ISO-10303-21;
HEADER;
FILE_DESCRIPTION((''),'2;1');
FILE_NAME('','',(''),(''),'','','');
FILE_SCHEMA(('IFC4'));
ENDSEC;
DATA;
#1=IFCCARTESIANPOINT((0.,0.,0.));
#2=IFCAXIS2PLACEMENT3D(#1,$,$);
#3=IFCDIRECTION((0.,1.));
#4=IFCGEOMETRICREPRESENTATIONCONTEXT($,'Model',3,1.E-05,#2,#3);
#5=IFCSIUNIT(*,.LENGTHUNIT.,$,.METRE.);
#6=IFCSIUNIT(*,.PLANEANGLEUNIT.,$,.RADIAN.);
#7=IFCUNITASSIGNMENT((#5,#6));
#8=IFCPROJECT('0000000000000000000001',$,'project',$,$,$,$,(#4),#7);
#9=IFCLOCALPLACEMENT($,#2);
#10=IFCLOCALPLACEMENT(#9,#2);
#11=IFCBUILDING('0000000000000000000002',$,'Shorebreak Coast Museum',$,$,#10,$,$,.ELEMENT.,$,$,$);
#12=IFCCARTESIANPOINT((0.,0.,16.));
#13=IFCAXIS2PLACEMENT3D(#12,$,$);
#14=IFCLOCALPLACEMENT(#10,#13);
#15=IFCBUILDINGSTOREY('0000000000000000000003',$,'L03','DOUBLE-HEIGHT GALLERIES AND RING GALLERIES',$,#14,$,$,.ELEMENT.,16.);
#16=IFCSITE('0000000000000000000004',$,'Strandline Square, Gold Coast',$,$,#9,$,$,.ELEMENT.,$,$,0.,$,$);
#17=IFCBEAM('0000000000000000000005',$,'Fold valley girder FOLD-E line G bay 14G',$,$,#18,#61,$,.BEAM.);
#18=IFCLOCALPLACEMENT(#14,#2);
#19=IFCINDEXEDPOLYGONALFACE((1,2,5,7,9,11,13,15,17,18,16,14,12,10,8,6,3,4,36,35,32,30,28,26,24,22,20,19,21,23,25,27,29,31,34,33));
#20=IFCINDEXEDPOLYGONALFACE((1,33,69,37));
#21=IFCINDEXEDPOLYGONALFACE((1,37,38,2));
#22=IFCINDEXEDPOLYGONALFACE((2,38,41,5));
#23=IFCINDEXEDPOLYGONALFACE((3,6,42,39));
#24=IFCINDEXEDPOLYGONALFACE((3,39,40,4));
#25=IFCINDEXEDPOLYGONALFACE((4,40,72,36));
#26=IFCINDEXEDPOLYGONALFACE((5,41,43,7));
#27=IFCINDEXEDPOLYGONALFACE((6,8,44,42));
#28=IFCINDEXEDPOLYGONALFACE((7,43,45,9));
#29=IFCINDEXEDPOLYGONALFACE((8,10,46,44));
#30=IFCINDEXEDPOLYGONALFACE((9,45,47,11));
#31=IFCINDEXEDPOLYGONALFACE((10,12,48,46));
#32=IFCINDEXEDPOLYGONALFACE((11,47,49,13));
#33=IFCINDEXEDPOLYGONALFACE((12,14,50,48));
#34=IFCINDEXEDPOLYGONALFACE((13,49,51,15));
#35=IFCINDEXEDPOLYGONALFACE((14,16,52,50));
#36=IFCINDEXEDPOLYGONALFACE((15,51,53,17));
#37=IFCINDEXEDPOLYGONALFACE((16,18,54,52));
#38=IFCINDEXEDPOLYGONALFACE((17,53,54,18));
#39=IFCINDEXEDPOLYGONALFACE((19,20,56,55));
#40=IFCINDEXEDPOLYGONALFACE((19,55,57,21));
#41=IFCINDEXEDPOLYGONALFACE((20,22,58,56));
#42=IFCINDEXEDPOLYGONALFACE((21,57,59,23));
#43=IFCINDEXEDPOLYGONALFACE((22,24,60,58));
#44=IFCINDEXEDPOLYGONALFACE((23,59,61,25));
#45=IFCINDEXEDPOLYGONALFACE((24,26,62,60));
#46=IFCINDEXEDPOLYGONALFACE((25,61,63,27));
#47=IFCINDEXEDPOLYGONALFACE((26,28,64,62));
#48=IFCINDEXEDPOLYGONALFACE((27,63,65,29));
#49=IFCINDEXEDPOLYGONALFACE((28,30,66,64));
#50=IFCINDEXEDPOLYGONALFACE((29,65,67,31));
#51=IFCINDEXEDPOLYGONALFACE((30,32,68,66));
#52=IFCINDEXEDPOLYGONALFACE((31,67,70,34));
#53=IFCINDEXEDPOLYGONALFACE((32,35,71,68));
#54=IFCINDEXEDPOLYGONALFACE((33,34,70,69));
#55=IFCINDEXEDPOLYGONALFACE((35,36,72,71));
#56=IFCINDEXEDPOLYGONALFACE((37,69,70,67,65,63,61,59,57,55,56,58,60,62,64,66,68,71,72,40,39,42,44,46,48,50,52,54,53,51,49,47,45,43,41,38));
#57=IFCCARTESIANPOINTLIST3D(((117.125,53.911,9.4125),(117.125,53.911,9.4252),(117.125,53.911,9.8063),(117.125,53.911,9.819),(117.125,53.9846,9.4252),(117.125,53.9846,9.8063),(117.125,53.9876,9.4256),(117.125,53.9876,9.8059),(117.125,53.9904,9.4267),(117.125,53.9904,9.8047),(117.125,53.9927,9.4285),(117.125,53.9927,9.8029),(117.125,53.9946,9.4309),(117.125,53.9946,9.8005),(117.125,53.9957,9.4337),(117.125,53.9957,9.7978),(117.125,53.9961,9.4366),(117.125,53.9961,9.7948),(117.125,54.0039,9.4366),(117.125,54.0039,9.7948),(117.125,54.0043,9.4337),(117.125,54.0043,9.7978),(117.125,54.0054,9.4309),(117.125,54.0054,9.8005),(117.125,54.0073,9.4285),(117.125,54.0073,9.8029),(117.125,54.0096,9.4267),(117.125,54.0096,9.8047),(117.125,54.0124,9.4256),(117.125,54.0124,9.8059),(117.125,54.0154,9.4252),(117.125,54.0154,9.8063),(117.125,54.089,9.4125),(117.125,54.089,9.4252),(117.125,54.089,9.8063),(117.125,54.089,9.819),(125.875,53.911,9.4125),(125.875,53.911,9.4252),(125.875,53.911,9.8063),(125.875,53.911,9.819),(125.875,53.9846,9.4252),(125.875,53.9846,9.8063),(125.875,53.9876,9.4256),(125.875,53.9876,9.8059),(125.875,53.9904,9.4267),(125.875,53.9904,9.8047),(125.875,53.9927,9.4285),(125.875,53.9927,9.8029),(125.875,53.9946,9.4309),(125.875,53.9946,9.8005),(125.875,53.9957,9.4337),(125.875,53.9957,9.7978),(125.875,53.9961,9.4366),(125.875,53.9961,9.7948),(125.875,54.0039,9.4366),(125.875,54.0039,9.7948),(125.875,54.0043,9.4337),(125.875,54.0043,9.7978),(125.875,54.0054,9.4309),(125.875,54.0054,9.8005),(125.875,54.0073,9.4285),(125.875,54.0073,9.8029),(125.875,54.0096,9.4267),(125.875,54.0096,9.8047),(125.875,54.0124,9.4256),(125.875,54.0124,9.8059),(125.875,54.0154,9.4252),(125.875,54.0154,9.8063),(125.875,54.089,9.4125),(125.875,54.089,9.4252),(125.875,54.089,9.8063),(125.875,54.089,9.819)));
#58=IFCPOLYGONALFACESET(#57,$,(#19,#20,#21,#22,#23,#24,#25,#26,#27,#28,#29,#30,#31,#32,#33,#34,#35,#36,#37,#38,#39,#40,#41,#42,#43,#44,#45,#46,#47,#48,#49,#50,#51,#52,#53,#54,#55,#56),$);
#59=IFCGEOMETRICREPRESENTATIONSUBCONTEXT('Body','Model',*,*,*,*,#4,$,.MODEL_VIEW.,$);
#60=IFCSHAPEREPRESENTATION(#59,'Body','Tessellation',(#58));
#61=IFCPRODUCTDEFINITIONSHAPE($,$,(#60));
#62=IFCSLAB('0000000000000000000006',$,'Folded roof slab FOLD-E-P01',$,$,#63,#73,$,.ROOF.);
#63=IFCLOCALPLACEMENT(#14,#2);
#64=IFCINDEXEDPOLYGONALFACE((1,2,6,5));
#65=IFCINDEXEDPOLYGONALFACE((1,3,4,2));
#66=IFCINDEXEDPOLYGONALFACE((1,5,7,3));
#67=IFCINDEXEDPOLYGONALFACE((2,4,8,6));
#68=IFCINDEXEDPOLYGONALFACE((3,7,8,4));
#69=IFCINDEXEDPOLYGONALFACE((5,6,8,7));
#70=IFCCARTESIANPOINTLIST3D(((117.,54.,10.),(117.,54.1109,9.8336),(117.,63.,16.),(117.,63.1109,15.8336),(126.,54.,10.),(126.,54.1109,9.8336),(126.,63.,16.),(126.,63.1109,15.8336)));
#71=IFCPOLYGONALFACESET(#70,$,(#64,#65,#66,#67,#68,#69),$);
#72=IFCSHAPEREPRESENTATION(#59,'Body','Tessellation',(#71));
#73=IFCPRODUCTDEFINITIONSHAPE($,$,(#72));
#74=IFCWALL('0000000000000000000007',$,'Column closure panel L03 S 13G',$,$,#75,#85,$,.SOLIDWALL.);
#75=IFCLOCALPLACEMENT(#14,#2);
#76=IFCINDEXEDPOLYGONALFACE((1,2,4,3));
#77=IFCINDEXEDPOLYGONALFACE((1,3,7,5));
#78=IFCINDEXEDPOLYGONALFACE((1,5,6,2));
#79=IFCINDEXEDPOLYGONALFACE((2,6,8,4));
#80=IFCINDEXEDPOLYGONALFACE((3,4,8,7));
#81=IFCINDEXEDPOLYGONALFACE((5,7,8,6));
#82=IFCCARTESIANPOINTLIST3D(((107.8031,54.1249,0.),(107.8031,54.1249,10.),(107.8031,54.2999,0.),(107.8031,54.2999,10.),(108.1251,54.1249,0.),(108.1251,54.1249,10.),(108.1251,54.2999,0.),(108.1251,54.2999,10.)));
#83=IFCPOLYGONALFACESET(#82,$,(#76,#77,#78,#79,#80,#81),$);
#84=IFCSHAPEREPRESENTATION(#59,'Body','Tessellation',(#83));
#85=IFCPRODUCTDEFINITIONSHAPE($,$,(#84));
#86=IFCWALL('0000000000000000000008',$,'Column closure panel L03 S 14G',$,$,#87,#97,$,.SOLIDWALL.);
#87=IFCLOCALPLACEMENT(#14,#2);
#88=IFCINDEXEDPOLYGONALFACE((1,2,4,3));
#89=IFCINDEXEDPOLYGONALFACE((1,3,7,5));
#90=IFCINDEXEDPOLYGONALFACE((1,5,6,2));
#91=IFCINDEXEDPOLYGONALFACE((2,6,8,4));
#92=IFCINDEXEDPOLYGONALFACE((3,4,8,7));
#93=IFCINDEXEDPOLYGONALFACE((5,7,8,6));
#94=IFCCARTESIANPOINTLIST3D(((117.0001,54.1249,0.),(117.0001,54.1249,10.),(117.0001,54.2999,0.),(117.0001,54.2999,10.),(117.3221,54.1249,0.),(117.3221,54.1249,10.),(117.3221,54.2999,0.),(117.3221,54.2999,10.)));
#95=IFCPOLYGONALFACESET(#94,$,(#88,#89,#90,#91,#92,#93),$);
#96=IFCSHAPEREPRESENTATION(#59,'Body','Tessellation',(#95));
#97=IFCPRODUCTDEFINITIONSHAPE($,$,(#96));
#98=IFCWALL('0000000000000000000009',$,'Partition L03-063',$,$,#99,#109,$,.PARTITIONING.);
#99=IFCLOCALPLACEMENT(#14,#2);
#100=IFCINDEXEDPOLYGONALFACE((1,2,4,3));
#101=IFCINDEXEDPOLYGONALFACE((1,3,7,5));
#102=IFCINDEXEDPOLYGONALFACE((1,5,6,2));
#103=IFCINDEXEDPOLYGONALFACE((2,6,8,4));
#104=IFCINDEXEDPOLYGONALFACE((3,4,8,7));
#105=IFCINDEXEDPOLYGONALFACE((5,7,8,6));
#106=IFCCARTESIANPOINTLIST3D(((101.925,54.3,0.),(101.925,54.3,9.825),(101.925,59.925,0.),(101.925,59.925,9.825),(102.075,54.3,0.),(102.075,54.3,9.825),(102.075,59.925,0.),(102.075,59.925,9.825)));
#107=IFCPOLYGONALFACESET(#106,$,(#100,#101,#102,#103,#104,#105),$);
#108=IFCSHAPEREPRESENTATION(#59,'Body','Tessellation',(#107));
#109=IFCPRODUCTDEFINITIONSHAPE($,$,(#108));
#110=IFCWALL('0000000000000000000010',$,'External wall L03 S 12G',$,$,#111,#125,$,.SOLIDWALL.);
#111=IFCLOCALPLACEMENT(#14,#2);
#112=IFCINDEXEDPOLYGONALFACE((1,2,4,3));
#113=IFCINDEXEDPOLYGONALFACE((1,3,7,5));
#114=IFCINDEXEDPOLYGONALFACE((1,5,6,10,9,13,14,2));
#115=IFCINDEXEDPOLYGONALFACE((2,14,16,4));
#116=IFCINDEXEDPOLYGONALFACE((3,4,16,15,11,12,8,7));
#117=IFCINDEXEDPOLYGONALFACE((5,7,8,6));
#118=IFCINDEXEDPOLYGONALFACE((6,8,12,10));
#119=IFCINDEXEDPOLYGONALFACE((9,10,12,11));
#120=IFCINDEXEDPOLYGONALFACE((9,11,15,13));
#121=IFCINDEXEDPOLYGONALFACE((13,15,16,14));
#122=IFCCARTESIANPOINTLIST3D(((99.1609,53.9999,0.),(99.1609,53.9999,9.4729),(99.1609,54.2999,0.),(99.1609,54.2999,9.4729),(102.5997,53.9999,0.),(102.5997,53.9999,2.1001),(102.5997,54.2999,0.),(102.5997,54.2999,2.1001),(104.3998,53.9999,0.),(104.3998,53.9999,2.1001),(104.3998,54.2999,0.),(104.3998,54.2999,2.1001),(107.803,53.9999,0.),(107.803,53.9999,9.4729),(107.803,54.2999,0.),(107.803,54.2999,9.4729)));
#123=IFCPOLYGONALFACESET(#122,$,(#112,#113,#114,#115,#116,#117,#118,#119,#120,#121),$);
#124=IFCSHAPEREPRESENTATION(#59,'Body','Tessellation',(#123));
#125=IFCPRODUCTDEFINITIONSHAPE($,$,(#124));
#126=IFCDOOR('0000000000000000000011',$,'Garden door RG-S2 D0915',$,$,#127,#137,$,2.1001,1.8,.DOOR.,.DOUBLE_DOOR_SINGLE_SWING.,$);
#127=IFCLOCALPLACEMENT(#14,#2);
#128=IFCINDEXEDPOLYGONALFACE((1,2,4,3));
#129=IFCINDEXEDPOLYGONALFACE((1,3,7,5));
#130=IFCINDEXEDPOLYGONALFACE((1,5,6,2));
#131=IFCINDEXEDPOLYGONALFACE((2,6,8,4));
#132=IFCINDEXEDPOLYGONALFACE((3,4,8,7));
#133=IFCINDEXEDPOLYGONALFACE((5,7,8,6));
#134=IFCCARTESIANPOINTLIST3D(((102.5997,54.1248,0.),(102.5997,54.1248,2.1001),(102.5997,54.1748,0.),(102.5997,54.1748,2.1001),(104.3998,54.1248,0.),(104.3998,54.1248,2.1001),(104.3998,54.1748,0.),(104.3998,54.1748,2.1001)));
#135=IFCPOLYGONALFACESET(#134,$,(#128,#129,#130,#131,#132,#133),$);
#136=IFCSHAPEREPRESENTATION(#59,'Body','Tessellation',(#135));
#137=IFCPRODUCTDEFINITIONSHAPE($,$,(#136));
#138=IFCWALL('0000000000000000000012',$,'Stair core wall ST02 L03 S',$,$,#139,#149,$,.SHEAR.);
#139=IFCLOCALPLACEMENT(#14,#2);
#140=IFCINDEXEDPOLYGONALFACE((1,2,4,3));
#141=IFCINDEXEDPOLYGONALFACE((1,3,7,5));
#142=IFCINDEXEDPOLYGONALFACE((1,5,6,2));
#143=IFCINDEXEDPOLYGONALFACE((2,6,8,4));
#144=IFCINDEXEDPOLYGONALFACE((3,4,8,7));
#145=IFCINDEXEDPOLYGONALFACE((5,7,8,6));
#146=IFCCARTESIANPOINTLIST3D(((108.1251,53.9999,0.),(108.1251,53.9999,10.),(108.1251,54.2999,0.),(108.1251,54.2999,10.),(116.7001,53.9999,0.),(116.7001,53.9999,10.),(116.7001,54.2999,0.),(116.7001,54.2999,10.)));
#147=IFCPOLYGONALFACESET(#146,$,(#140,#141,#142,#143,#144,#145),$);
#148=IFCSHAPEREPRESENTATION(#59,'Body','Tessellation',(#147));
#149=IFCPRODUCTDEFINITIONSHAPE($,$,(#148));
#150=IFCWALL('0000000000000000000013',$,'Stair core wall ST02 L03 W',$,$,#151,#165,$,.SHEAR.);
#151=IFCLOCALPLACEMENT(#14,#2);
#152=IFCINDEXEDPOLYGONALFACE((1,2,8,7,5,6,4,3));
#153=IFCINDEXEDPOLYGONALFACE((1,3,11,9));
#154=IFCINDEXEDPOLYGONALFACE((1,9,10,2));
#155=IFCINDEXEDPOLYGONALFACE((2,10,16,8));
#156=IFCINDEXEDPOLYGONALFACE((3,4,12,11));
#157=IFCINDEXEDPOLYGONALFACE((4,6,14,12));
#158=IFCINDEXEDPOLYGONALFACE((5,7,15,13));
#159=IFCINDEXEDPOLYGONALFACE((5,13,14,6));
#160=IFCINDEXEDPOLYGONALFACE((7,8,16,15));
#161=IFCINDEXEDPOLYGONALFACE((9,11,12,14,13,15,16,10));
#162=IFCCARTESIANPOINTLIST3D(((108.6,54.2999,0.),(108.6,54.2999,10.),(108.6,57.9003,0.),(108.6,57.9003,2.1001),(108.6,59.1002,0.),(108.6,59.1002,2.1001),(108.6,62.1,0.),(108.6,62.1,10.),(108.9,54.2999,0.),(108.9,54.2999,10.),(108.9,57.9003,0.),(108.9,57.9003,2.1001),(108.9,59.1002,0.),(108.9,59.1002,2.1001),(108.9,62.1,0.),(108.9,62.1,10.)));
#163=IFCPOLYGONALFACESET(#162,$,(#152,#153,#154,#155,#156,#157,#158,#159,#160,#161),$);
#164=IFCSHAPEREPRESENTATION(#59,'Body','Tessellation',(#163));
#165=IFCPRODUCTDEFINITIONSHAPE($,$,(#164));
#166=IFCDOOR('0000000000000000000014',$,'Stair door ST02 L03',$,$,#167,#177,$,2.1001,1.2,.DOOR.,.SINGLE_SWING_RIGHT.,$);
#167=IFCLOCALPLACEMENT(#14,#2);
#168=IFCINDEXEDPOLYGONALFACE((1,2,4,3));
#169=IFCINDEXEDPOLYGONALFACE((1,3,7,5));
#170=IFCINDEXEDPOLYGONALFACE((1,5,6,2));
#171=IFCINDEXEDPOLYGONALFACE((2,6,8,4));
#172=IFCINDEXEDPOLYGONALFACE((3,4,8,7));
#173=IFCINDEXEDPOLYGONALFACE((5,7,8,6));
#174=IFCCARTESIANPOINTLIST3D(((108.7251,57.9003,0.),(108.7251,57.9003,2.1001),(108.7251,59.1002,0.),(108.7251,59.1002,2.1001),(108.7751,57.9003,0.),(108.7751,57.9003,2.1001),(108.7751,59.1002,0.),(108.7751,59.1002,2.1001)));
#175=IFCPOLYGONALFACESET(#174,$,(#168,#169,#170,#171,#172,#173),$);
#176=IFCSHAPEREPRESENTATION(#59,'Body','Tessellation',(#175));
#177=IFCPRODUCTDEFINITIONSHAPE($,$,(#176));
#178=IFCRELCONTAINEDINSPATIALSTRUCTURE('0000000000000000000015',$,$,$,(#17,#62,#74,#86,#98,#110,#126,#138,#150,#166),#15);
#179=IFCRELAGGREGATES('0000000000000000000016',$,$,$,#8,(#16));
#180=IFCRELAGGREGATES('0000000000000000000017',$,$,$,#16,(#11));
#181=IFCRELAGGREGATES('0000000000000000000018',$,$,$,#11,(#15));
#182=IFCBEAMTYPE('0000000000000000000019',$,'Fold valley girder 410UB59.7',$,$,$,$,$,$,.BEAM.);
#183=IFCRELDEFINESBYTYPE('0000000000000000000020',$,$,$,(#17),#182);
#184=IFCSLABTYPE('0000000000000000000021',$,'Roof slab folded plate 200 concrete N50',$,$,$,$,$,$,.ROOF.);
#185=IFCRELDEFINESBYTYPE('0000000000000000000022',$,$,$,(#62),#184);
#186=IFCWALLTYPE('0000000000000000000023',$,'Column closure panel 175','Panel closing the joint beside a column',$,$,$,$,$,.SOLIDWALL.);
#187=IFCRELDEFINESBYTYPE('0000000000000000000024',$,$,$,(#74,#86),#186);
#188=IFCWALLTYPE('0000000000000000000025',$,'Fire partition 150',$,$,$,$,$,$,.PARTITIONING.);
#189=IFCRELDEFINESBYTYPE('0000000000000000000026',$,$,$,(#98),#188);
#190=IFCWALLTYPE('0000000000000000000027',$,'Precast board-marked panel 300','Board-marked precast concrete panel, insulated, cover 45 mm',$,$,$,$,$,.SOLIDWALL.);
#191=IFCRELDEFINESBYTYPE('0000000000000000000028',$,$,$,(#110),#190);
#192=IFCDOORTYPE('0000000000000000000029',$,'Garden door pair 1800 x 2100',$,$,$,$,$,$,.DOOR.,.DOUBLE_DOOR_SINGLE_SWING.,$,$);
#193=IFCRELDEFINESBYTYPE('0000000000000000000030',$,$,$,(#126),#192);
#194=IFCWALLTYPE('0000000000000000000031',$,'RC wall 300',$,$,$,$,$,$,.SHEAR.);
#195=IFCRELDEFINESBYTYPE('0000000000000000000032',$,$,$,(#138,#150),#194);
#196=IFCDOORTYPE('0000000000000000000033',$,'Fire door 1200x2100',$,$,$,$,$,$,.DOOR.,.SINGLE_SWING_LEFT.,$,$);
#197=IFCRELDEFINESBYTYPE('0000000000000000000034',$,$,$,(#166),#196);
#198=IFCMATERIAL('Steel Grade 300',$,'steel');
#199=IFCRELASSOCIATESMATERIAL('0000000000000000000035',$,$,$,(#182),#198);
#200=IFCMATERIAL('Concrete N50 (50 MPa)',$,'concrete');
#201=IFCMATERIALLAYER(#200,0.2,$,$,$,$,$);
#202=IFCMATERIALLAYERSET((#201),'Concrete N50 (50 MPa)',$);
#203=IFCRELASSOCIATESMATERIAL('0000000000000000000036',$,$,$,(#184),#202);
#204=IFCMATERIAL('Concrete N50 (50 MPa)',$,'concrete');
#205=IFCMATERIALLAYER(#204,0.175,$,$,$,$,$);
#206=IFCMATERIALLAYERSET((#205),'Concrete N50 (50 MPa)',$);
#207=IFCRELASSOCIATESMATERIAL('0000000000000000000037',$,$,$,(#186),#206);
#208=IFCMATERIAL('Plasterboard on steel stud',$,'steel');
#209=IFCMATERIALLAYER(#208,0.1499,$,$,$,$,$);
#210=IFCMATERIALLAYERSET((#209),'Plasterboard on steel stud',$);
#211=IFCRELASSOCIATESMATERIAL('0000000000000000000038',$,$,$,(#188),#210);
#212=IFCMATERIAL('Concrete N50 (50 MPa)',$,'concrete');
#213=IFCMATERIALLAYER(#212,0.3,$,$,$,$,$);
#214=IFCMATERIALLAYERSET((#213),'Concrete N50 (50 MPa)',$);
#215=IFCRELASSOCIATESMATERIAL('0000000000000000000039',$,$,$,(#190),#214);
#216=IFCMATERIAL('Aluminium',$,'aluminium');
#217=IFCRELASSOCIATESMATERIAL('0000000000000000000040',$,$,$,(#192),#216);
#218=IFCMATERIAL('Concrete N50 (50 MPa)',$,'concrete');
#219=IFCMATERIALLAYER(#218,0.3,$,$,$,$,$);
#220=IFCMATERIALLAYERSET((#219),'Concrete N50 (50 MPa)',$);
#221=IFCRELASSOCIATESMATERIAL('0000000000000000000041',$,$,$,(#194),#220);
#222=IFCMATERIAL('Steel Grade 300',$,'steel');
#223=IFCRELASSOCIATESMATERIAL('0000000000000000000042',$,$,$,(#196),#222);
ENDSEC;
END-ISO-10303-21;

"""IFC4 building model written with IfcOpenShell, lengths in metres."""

from ifc_helpers import new_model, si_unit, direction, frame, frame_2d, origin, origin_2d, place, context, subcontext, project, spatial, polyline, rectangle, i_section, outline, extrude, material, layer, layer_set, material_profile, profile_set, type_object, element, fill, save


model = new_model("IFC4")

# Units and contexts
model_context = context("Model", 3, precision=1e-05, world=origin(), true_north=direction((0.0, 1.0)))
body_context = subcontext(model_context, "Body", "Model", "MODEL_VIEW")
ifc_project = project(units=[si_unit("LENGTHUNIT", "METRE"), si_unit("PLANEANGLEUNIT", "RADIAN")], contexts=[model_context])

# Site, building, storey
site_placement = place(None, origin())
site = spatial("IfcSite", under=ifc_project, at=site_placement, Name="Strandline Square, Gold Coast", CompositionType="ELEMENT", RefElevation=0.0)
building_placement = place(site_placement, origin())
building = spatial("IfcBuilding", under=site, at=building_placement, Name="Shorebreak Coast Museum", CompositionType="ELEMENT")
storey_placement = place(building_placement, frame((0.0, 0.0, 16.0)))
storey = spatial("IfcBuildingStorey", under=building, at=storey_placement, Name="L03", Description="DOUBLE-HEIGHT GALLERIES AND RING GALLERIES", CompositionType="ELEMENT", Elevation=16.0)

# Beam
ifc_material_1 = material(Name="Steel Grade 300", Category="steel")
ifc_material_profile_1 = material_profile(ifc_material_1, i_section(OverallWidth=0.178, OverallDepth=0.4065, WebThickness=0.0078, FlangeThickness=0.0127, FilletRadius=0.0115, at=origin_2d()), Name="410UB59.7")
ifc_profile_set_1 = profile_set([ifc_material_profile_1], Name="Steel Grade 300")
beam_type_1 = type_object("IfcBeamType", Name="Fold valley girder 410UB59.7", PredefinedType="BEAM", material=ifc_profile_set_1)
beam_1_placement = place(storey_placement, frame((117.125, 54.0, 9.6157), z_axis=(1.0, 0.0, 0.0), x_axis=(0.0, 1.0, 0.0)))
element("IfcBeam", 1, at=beam_1_placement, inside=storey, type_object=beam_type_1, Name="Fold valley girder FOLD-E line G bay 14G", PredefinedType="BEAM", context=body_context, shape_type="SweptSolid", body=[
    extrude(i_section(OverallWidth=0.178, OverallDepth=0.4065, WebThickness=0.0078, FlangeThickness=0.0127, FilletRadius=0.0115, at=origin_2d()), origin(), (0.0, 0.0, 1.0), 8.75),
])

# Slab
ifc_material_2 = material(Name="Concrete N50 (50 MPa)", Category="concrete")
ifc_layer_1 = layer(ifc_material_2, 0.2)
ifc_layer_set_1 = layer_set([ifc_layer_1], Name="Concrete N50 (50 MPa)")
slab_type = type_object("IfcSlabType", Name="Roof slab folded plate 200 concrete N50", PredefinedType="ROOF", material=ifc_layer_set_1)
slab_placement = place(storey_placement, frame((117.0, 54.0, 10.0), z_axis=(0.0, -0.5547, 0.83205), x_axis=(1.0, 0.0, 0.0)))
element("IfcSlab", 2, at=slab_placement, inside=storey, type_object=slab_type, Name="Folded roof slab FOLD-E-P01", PredefinedType="ROOF", context=body_context, shape_type="SweptSolid", body=[
    extrude(outline(polyline([(0.0, 0.0), (9.0, 0.0), (9.0, 10.8167), (0.0, 10.8167), (0.0, 0.0)])), origin(), (0.0, 0.0, -1.0), 0.2),
])

# Walls
ifc_material_3 = material(Name="Concrete N50 (50 MPa)", Category="concrete")
ifc_layer_2 = layer(ifc_material_3, 0.175)
ifc_layer_set_2 = layer_set([ifc_layer_2], Name="Concrete N50 (50 MPa)")
wall_type_1 = type_object("IfcWallType", Name="Column closure panel 175", Description="Panel closing the joint beside a column", PredefinedType="SOLIDWALL", material=ifc_layer_set_2)
for number, where, z_axis, x_axis, name in (
    (3, (107.803, 54.2124, 0.0), (0.0, 0.0, 1.0), (1.0, 0.0, 0.0), "Column closure panel L03 S 13G"),
    (4, (117.0, 54.2124, 0.0), (0.0, 0.0, 1.0), (1.0, 0.0, 0.0), "Column closure panel L03 S 14G"),
):
    element("IfcWall", number, at=place(storey_placement, frame(where, z_axis=z_axis, x_axis=x_axis)), inside=storey, type_object=wall_type_1, Name=name, PredefinedType="SOLIDWALL", context=body_context, shape_type="SweptSolid", body=[
        extrude(rectangle(XDim=0.322, YDim=0.175, at=frame_2d((0.1611, 0.0))), origin(), (0.0, 0.0, 1.0), 10.0),
    ])
ifc_material_4 = material(Name="Plasterboard on steel stud", Category="steel")
ifc_layer_3 = layer(ifc_material_4, 0.1499)
ifc_layer_set_3 = layer_set([ifc_layer_3], Name="Plasterboard on steel stud")
wall_type_2 = type_object("IfcWallType", Name="Fire partition 150", PredefinedType="PARTITIONING", material=ifc_layer_set_3)
wall_1_placement = place(storey_placement, frame((102.0, 54.3, 0.0), z_axis=(0.0, 0.0, 1.0), x_axis=(0.0, 1.0, 0.0)))
element("IfcWall", 5, at=wall_1_placement, inside=storey, type_object=wall_type_2, Name="Partition L03-063", PredefinedType="PARTITIONING", context=body_context, shape_type="SweptSolid", body=[
    extrude(rectangle(XDim=5.625, YDim=0.1499, at=frame_2d((2.8125, 0.0))), origin(), (0.0, 0.0, 1.0), 9.825),
])

# Wall, opening, door
ifc_material_5 = material(Name="Concrete N50 (50 MPa)", Category="concrete")
ifc_layer_4 = layer(ifc_material_5, 0.3)
ifc_layer_set_4 = layer_set([ifc_layer_4], Name="Concrete N50 (50 MPa)")
wall_type_3 = type_object("IfcWallType", Name="Precast board-marked panel 300", Description="Board-marked precast concrete panel, insulated, cover 45 mm", PredefinedType="SOLIDWALL", material=ifc_layer_set_4)
wall_2_placement = place(storey_placement, frame((99.1609, 54.1499, 0.0), z_axis=(0.0, 0.0, 1.0), x_axis=(1.0, 0.0, 0.0)))
wall_2 = element("IfcWall", 6, at=wall_2_placement, inside=storey, type_object=wall_type_3, Name="External wall L03 S 12G", PredefinedType="SOLIDWALL", context=body_context, shape_type="SweptSolid", body=[
    extrude(rectangle(XDim=8.6421, YDim=0.3, at=frame_2d((4.321, 0.0))), origin(), (0.0, 0.0, 1.0), 9.4729),
])
opening_1_placement = place(wall_2_placement, frame((3.439, 0.0, 0.0)))
opening_1 = element("IfcOpeningElement", 7, at=opening_1_placement, cuts=wall_2, PredefinedType="OPENING", context=body_context, shape_type="SweptSolid", body=[
    extrude(rectangle(XDim=1.8, YDim=2.1001, at=frame_2d((0.8999, 1.05))), frame((0.0, 0.1599, 0.0), z_axis=(0.0, -1.0, 0.0), x_axis=(1.0, 0.0, 0.0)), (0.0, 0.0, 1.0), 0.3201),
])
ifc_material_6 = material(Name="Aluminium", Category="aluminium")
door_type_1 = type_object("IfcDoorType", Name="Garden door pair 1800 x 2100", OperationType="DOUBLE_DOOR_SINGLE_SWING", PredefinedType="DOOR", material=ifc_material_6)
door_1_placement = place(opening_1_placement, origin())
door_1 = element("IfcDoor", 8, at=door_1_placement, inside=storey, type_object=door_type_1, Name="Garden door RG-S2 D0915", OperationType="DOUBLE_DOOR_SINGLE_SWING", OverallHeight=2.1001, OverallWidth=1.8, PredefinedType="DOOR", context=body_context, shape_type="SweptSolid", body=[
    extrude(rectangle(XDim=1.8, YDim=2.1001, at=frame_2d((0.8999, 1.05))), frame((0.0, 0.0249, 0.0), z_axis=(0.0, -1.0, 0.0), x_axis=(1.0, 0.0, 0.0)), (0.0, 0.0, 1.0), 0.05),
])
fill(opening_1, door_1)

# Wall
ifc_material_7 = material(Name="Concrete N50 (50 MPa)", Category="concrete")
ifc_layer_5 = layer(ifc_material_7, 0.3)
ifc_layer_set_5 = layer_set([ifc_layer_5], Name="Concrete N50 (50 MPa)")
wall_type_4 = type_object("IfcWallType", Name="RC wall 300", PredefinedType="SHEAR", material=ifc_layer_set_5)
wall_3_placement = place(storey_placement, frame((108.125, 54.1499, 0.0), z_axis=(0.0, 0.0, 1.0), x_axis=(1.0, 0.0, 0.0)))
element("IfcWall", 9, at=wall_3_placement, inside=storey, type_object=wall_type_4, Name="Stair core wall ST02 L03 S", PredefinedType="SHEAR", context=body_context, shape_type="SweptSolid", body=[
    extrude(rectangle(XDim=8.575, YDim=0.3, at=frame_2d((4.2876, 0.0))), origin(), (0.0, 0.0, 1.0), 10.0),
])

# Wall, opening, door
wall_4_placement = place(storey_placement, frame((108.75, 54.3, 0.0), z_axis=(0.0, 0.0, 1.0), x_axis=(0.0, 1.0, 0.0)))
wall_4 = element("IfcWall", 10, at=wall_4_placement, inside=storey, type_object=wall_type_4, Name="Stair core wall ST02 L03 W", PredefinedType="SHEAR", context=body_context, shape_type="SweptSolid", body=[
    extrude(rectangle(XDim=7.8, YDim=0.3, at=frame_2d((3.8999, 0.0))), origin(), (0.0, 0.0, 1.0), 10.0),
])
opening_2_placement = place(wall_4_placement, frame((3.6001, 0.0, 0.0)))
opening_2 = element("IfcOpeningElement", 11, at=opening_2_placement, cuts=wall_4, PredefinedType="OPENING", context=body_context, shape_type="SweptSolid", body=[
    extrude(rectangle(XDim=1.2, YDim=2.1001, at=frame_2d((0.6001, 1.05))), frame((0.0, 0.1599, 0.0), z_axis=(0.0, -1.0, 0.0), x_axis=(1.0, 0.0, 0.0)), (0.0, 0.0, 1.0), 0.3201),
])
ifc_material_8 = material(Name="Steel Grade 300", Category="steel")
door_type_2 = type_object("IfcDoorType", Name="Fire door 1200x2100", OperationType="SINGLE_SWING_LEFT", PredefinedType="DOOR", material=ifc_material_8)
door_2_placement = place(opening_2_placement, origin())
door_2 = element("IfcDoor", 12, at=door_2_placement, inside=storey, type_object=door_type_2, Name="Stair door ST02 L03", OperationType="SINGLE_SWING_RIGHT", OverallHeight=2.1001, OverallWidth=1.2, PredefinedType="DOOR", context=body_context, shape_type="SweptSolid", body=[
    extrude(rectangle(XDim=1.2, YDim=2.1001, at=frame_2d((0.6001, 1.05))), frame((0.0, 0.0249, 0.0), z_axis=(0.0, -1.0, 0.0), x_axis=(1.0, 0.0, 0.0)), (0.0, 0.0, 1.0), 0.05),
])
fill(opening_2, door_2)

save(model, "model.ifc")
